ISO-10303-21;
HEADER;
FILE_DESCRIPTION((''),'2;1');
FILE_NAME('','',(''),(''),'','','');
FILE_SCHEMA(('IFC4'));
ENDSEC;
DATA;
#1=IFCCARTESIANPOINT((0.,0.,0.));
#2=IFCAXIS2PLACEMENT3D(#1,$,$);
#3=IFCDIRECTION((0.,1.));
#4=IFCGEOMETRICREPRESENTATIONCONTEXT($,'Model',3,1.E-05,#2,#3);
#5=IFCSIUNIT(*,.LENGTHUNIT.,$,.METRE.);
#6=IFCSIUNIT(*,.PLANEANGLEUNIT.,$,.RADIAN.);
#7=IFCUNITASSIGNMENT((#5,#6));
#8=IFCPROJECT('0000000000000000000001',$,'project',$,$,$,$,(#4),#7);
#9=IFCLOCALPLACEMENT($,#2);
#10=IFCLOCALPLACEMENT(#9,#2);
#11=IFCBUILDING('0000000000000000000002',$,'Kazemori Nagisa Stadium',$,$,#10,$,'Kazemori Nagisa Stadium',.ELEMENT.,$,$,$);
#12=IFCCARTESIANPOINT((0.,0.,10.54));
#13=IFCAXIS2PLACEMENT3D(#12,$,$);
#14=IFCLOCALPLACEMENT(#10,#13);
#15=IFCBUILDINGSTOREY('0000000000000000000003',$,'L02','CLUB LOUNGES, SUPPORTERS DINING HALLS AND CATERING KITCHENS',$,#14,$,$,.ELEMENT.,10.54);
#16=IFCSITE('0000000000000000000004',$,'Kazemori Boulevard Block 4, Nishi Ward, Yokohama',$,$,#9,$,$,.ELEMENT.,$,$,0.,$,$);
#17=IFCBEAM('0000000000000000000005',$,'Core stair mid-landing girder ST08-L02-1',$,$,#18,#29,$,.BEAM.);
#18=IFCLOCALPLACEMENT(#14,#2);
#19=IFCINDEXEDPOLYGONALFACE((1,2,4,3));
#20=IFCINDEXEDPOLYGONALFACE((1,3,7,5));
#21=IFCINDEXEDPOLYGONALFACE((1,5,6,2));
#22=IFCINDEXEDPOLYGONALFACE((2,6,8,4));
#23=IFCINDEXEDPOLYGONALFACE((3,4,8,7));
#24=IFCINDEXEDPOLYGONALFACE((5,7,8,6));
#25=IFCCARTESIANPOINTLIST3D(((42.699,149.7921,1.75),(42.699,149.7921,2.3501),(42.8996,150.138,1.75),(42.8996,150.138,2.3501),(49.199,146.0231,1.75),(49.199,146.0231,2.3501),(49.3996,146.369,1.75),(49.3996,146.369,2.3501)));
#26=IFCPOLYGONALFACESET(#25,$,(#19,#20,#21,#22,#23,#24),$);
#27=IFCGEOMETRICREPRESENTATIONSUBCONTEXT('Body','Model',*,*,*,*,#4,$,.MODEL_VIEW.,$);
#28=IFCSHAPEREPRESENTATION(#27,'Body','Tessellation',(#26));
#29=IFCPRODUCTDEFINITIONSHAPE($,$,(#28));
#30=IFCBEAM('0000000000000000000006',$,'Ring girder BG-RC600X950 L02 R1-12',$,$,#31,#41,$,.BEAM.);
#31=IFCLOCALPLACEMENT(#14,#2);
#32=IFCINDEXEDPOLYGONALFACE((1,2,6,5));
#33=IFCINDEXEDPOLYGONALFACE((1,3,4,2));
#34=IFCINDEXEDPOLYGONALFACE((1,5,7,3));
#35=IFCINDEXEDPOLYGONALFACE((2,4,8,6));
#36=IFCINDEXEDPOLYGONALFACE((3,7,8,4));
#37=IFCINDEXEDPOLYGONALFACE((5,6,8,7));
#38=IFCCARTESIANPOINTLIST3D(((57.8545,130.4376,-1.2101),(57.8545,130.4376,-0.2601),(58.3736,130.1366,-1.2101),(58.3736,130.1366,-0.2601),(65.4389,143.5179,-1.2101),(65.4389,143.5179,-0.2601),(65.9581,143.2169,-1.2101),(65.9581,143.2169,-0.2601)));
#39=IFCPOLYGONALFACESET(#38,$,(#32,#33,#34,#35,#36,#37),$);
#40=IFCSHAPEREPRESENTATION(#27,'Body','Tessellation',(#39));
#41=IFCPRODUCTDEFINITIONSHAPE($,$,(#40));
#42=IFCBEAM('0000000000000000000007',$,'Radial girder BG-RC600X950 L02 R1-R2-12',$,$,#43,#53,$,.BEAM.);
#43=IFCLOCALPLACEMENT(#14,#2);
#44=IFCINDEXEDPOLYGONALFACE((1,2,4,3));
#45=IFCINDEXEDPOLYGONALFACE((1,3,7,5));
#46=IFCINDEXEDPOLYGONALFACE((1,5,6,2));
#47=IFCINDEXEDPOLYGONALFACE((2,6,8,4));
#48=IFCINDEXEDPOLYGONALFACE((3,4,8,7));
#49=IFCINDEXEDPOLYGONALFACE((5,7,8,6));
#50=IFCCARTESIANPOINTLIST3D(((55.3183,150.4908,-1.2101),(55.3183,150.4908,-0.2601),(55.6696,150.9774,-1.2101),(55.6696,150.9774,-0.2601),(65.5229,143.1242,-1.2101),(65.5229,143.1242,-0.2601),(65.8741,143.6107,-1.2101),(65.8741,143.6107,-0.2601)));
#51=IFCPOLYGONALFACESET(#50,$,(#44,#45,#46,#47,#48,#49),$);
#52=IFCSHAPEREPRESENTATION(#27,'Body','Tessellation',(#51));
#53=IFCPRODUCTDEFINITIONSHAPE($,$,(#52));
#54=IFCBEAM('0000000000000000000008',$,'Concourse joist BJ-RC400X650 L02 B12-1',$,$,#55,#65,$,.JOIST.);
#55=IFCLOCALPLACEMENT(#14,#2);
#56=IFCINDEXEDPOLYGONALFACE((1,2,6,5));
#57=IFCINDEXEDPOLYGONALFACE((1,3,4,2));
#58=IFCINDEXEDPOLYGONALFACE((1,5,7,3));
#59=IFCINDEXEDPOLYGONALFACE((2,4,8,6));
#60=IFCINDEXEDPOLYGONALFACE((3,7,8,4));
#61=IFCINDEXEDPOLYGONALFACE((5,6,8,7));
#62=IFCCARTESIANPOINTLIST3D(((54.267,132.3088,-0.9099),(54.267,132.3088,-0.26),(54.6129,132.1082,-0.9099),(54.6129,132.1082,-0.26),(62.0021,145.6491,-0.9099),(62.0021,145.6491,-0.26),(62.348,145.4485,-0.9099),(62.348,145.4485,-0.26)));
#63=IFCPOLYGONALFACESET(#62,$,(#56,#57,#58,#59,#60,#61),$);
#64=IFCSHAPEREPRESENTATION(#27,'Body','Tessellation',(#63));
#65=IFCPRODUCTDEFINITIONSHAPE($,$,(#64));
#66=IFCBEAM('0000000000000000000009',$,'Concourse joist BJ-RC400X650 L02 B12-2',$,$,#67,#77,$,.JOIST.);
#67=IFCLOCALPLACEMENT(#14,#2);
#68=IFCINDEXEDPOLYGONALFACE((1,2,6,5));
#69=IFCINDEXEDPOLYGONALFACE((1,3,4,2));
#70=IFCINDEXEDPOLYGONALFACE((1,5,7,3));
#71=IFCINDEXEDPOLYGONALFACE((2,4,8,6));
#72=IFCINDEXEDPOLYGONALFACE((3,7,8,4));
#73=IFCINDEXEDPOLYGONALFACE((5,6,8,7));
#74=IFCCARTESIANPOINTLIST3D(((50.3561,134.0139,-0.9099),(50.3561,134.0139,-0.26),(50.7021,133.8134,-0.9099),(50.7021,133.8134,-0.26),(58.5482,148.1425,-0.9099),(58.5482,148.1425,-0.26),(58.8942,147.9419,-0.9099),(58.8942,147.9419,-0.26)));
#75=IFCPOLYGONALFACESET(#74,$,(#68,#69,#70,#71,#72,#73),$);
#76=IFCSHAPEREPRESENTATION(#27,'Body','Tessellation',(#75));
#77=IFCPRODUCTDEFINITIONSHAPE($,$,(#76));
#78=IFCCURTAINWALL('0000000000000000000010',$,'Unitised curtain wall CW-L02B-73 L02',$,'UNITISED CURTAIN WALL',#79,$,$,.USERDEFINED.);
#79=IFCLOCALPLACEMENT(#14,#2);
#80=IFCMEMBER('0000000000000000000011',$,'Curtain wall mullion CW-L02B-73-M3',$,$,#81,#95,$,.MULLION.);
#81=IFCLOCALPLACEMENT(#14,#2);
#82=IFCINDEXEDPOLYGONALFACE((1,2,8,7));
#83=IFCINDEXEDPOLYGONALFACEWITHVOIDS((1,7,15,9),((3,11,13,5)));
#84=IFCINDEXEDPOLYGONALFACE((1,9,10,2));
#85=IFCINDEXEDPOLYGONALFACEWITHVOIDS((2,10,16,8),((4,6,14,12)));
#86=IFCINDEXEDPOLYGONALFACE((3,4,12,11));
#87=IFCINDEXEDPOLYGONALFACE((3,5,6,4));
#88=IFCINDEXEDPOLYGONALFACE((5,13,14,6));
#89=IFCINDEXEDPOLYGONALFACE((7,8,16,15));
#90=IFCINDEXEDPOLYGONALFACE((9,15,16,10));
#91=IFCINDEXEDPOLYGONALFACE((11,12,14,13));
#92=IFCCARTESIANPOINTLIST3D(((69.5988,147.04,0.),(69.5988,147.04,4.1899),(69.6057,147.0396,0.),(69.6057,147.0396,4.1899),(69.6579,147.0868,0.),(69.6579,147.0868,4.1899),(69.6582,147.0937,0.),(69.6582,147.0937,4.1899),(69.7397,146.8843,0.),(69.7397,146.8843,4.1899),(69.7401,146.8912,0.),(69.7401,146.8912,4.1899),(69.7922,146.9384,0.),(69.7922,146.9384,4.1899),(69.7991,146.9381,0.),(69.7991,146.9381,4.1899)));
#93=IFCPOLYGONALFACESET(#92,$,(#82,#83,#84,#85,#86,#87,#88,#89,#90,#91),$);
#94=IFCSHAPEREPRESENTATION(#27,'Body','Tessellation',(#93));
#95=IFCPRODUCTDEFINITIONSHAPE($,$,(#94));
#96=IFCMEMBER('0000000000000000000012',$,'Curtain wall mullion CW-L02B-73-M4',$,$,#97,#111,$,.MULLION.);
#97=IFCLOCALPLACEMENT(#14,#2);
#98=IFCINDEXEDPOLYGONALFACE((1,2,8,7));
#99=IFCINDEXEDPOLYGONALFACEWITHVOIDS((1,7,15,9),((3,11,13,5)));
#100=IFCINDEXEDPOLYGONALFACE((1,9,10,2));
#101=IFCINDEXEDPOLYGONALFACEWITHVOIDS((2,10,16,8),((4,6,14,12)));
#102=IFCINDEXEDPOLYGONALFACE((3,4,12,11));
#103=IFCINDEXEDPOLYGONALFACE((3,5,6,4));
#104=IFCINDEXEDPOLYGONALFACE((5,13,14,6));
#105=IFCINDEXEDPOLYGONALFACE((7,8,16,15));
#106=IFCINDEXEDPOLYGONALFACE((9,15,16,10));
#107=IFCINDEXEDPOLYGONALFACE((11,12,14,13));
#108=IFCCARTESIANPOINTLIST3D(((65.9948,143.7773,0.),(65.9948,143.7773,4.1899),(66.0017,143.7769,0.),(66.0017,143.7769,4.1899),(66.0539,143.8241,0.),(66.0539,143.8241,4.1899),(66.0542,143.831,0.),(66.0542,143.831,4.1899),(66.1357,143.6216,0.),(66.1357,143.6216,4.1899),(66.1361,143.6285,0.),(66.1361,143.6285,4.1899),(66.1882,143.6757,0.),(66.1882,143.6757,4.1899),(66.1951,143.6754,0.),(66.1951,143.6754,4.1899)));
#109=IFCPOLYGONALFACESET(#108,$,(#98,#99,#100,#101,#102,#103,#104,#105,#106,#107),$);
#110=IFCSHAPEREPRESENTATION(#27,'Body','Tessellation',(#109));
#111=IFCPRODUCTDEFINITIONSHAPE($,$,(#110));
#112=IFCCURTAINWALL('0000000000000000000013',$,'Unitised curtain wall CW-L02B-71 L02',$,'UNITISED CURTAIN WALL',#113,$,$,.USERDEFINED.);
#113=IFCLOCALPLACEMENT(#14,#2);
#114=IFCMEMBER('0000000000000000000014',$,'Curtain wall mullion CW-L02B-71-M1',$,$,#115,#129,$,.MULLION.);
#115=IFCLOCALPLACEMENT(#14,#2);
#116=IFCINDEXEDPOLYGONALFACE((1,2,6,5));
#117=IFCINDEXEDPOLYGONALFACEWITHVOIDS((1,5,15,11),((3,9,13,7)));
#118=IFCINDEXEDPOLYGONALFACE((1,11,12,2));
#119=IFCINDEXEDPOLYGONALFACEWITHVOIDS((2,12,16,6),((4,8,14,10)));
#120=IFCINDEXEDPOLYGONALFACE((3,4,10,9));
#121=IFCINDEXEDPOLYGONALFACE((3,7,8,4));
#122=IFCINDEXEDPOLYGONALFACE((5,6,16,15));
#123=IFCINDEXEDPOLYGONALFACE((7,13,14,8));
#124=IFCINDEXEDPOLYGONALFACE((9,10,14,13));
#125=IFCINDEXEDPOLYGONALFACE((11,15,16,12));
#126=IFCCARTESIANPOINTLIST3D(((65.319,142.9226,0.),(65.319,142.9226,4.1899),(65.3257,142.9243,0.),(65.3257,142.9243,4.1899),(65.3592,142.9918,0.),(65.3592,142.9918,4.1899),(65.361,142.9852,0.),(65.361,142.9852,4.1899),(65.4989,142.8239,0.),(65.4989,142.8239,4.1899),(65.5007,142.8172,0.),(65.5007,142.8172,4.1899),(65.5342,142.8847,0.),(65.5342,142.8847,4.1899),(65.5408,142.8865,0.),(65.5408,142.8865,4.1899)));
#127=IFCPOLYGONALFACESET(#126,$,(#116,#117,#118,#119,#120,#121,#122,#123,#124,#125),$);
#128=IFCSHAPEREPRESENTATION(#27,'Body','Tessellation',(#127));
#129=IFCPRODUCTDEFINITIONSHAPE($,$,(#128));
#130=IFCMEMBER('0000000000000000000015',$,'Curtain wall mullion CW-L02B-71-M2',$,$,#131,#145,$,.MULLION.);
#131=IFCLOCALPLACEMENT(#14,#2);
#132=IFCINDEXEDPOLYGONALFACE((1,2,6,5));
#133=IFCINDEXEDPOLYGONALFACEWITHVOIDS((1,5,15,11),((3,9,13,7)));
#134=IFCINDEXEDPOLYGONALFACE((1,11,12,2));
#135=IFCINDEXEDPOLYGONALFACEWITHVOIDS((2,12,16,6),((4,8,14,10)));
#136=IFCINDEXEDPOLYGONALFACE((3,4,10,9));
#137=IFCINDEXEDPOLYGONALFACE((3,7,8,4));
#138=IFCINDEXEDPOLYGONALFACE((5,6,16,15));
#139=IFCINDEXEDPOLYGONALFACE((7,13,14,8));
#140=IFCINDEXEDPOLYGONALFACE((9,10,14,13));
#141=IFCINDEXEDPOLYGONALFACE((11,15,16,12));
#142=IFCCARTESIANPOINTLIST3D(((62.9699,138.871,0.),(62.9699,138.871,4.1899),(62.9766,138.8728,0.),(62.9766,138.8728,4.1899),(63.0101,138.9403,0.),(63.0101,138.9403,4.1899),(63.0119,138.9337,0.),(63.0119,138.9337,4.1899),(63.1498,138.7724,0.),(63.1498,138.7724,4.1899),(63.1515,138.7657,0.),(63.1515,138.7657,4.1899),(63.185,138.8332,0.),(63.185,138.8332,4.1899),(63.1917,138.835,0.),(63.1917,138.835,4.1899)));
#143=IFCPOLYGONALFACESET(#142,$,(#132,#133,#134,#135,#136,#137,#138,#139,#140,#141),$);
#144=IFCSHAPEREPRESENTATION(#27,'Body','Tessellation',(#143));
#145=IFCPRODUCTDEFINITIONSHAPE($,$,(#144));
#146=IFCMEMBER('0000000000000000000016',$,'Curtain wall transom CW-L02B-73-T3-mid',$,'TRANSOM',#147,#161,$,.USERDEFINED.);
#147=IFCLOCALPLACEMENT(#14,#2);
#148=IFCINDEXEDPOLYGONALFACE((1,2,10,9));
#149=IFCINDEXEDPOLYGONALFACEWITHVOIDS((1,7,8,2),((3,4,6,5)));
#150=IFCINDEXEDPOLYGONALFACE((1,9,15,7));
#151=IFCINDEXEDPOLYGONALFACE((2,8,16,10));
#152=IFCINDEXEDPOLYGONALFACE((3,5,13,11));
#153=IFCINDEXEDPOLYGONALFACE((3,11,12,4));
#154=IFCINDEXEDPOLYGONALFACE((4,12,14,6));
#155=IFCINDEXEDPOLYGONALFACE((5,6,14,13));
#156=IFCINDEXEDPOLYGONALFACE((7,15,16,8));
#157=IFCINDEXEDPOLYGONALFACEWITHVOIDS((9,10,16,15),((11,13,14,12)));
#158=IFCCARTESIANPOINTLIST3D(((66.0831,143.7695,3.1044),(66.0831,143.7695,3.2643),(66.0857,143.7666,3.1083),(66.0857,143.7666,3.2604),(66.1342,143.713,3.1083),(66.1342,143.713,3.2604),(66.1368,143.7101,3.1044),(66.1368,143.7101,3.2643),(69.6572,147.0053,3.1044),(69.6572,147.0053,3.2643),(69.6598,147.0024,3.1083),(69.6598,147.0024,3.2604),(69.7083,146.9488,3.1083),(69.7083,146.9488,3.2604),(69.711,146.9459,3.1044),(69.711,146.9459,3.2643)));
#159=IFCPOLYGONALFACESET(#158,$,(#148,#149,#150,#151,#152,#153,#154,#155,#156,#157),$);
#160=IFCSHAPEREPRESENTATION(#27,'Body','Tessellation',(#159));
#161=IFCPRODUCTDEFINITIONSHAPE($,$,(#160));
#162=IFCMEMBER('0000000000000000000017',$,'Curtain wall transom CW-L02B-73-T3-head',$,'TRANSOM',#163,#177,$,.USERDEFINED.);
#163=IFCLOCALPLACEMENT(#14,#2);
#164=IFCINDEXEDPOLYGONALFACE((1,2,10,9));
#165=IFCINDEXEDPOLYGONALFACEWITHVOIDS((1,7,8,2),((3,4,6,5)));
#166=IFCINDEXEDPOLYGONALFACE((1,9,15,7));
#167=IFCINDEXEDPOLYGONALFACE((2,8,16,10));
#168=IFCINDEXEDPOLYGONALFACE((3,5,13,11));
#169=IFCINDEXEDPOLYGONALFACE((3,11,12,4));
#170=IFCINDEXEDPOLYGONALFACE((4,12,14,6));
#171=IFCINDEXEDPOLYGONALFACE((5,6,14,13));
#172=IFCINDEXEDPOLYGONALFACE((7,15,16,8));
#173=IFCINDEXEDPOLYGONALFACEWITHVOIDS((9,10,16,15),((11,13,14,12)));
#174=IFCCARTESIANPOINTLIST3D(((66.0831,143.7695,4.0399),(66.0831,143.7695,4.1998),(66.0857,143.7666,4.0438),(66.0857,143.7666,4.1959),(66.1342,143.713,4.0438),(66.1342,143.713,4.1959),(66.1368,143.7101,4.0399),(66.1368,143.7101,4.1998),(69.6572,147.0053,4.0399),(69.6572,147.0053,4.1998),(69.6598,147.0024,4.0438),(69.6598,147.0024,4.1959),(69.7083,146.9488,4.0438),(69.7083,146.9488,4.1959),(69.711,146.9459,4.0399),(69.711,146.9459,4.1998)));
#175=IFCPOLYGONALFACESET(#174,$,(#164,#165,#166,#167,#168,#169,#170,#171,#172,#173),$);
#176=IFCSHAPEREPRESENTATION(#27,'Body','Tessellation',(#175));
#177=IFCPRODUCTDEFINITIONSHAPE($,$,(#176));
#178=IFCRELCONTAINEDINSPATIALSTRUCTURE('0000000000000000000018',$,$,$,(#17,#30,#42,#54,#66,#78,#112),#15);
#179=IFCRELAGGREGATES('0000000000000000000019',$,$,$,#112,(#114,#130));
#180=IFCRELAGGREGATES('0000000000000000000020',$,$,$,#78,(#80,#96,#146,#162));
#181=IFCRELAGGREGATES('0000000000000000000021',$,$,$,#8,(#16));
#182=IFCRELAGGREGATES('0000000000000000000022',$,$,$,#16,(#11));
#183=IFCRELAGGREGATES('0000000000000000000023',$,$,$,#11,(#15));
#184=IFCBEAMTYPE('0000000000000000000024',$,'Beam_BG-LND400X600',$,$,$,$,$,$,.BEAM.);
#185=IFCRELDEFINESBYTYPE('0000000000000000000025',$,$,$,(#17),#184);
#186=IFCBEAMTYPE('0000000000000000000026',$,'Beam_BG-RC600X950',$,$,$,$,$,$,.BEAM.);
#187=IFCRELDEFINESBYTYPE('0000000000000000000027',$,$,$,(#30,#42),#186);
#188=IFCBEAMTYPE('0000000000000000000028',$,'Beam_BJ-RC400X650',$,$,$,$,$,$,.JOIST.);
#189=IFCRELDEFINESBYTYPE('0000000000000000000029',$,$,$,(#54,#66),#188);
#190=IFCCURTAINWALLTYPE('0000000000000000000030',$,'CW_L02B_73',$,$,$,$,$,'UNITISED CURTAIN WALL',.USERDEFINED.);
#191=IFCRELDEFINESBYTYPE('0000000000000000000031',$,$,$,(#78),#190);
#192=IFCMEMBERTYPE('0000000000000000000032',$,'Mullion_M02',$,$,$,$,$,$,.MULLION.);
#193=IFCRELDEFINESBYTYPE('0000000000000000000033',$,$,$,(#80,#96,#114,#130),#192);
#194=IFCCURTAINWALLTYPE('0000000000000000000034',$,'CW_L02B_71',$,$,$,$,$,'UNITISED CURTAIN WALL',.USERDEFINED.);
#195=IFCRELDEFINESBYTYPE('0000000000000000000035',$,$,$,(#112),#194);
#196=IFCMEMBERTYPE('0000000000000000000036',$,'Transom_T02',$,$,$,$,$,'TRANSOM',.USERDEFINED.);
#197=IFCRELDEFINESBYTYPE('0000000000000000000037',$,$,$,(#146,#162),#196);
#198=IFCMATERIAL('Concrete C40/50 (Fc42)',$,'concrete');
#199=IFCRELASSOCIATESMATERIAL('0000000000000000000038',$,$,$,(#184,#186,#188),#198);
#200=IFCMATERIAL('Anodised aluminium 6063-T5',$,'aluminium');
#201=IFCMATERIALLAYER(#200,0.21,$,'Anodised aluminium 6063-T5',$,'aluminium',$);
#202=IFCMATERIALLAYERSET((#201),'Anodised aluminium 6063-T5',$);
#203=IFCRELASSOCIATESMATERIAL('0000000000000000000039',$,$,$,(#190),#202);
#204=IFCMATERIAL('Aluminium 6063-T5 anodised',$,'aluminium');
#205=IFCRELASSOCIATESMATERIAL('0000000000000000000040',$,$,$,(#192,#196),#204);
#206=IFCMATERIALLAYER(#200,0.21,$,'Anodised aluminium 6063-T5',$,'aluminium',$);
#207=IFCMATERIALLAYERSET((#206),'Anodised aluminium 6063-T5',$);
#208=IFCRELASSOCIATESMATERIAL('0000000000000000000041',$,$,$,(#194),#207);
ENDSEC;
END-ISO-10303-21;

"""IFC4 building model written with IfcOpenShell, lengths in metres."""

from ifc_helpers import new_model, si_unit, direction, frame, origin, origin_2d, place, context, subcontext, project, spatial, rectangle, hollow_rectangle, extrude, material, layer, layer_set, material_profile, profile_set, type_object, element, aggregate, save


model = new_model("IFC4")

# Units and contexts
model_context = context("Model", 3, precision=1e-05, world=origin(), true_north=direction((0.0, 1.0)))
body_context = subcontext(model_context, "Body", "Model", "MODEL_VIEW")
ifc_project = project(units=[si_unit("LENGTHUNIT", "METRE"), si_unit("PLANEANGLEUNIT", "RADIAN")], contexts=[model_context])

# Site, building, storey
site_placement = place(None, origin())
site = spatial("IfcSite", under=ifc_project, at=site_placement, Name="Kazemori Boulevard Block 4, Nishi Ward, Yokohama", CompositionType="ELEMENT", RefElevation=0.0)
building_placement = place(site_placement, origin())
building = spatial("IfcBuilding", under=site, at=building_placement, Name="Kazemori Nagisa Stadium", LongName="Kazemori Nagisa Stadium", CompositionType="ELEMENT")
storey_placement = place(building_placement, frame((0.0, 0.0, 10.54)))
storey = spatial("IfcBuildingStorey", under=building, at=storey_placement, Name="L02", Description="CLUB LOUNGES, SUPPORTERS DINING HALLS AND CATERING KITCHENS", CompositionType="ELEMENT", Elevation=10.54)

# Shared definitions
ifc_material_1 = material(Name="Concrete C40/50 (Fc42)", Category="concrete")

# Beams
ifc_material_profile_1 = material_profile(ifc_material_1, rectangle(XDim=0.3999, YDim=0.6001, at=origin_2d()), Name="RC-BM-400x600")
ifc_profile_set_1 = profile_set([ifc_material_profile_1], Name="Concrete C40/50 (Fc42)")
beam_type_1 = type_object("IfcBeamType", Name="Beam_BG-LND400X600", PredefinedType="BEAM", material=ifc_profile_set_1)
beam_1_placement = place(storey_placement, frame((49.2993, 146.196, 2.05), z_axis=(-0.865086, 0.501623, 0.0), x_axis=(-0.501623, -0.865086, 0.0)))
element("IfcBeam", 1, at=beam_1_placement, inside=storey, type_object=beam_type_1, Name="Core stair mid-landing girder ST08-L02-1", PredefinedType="BEAM", context=body_context, shape_type="SweptSolid", body=[
    extrude(rectangle(XDim=0.3999, YDim=0.6001, at=origin_2d()), origin(), (0.0, 0.0, 1.0), 7.5137),
])
ifc_material_profile_2 = material_profile(ifc_material_1, rectangle(XDim=0.6001, YDim=0.95, at=origin_2d()), Name="RC-BM-600x950")
ifc_profile_set_2 = profile_set([ifc_material_profile_2], Name="Concrete C40/50 (Fc42)")
beam_type_2 = type_object("IfcBeamType", Name="Beam_BG-RC600X950", PredefinedType="BEAM", material=ifc_profile_set_2)
beam_2_placement = place(storey_placement, frame((65.6985, 143.3674, -0.7351), z_axis=(-0.501613, -0.865092, 0.0), x_axis=(0.865092, -0.501613, 0.0)))
element("IfcBeam", 2, at=beam_2_placement, inside=storey, type_object=beam_type_2, Name="Ring girder BG-RC600X950 L02 R1-12", PredefinedType="BEAM", context=body_context, shape_type="SweptSolid", body=[
    extrude(rectangle(XDim=0.6001, YDim=0.95, at=origin_2d()), origin(), (0.0, 0.0, 1.0), 15.1201),
])
beam_3_placement = place(storey_placement, frame((65.6985, 143.3674, -0.7351), z_axis=(-0.810803, 0.585319, 0.0), x_axis=(-0.585319, -0.810803, 0.0)))
element("IfcBeam", 3, at=beam_3_placement, inside=storey, type_object=beam_type_2, Name="Radial girder BG-RC600X950 L02 R1-R2-12", PredefinedType="BEAM", context=body_context, shape_type="SweptSolid", body=[
    extrude(rectangle(XDim=0.6001, YDim=0.95, at=origin_2d()), origin(), (0.0, 0.0, 1.0), 12.5857),
])
ifc_material_profile_3 = material_profile(ifc_material_1, rectangle(XDim=0.3999, YDim=0.6499, at=origin_2d()), Name="RC-BM-400x650")
ifc_profile_set_3 = profile_set([ifc_material_profile_3], Name="Concrete C40/50 (Fc42)")
beam_type_3 = type_object("IfcBeamType", Name="Beam_BJ-RC400X650", PredefinedType="JOIST", material=ifc_profile_set_3)
beam_4_placement = place(storey_placement, frame((62.175, 145.5488, -0.585), z_axis=(-0.501607, -0.865095, 0.0), x_axis=(0.865095, -0.501607, 0.0)))
element("IfcBeam", 4, at=beam_4_placement, inside=storey, type_object=beam_type_3, Name="Concourse joist BJ-RC400X650 L02 B12-1", PredefinedType="JOIST", context=body_context, shape_type="SweptSolid", body=[
    extrude(rectangle(XDim=0.3999, YDim=0.6499, at=origin_2d()), origin(), (0.0, 0.0, 1.0), 15.4207),
])
beam_5_placement = place(storey_placement, frame((58.7212, 148.0422, -0.585), z_axis=(-0.501604, -0.865097, 0.0), x_axis=(0.865097, -0.501604, 0.0)))
element("IfcBeam", 5, at=beam_5_placement, inside=storey, type_object=beam_type_3, Name="Concourse joist BJ-RC400X650 L02 B12-2", PredefinedType="JOIST", context=body_context, shape_type="SweptSolid", body=[
    extrude(rectangle(XDim=0.3999, YDim=0.6499, at=origin_2d()), origin(), (0.0, 0.0, 1.0), 16.3318),
])

# Curtain walls, members
ifc_material_2 = material(Name="Anodised aluminium 6063-T5", Category="aluminium")
ifc_layer_1 = layer(ifc_material_2, 0.21, Name="Anodised aluminium 6063-T5", Category="aluminium")
ifc_layer_set_1 = layer_set([ifc_layer_1], Name="Anodised aluminium 6063-T5")
curtain_wall_type_1 = type_object("IfcCurtainWallType", Name="CW_L02B_73", ElementType="UNITISED CURTAIN WALL", PredefinedType="USERDEFINED", material=ifc_layer_set_1)
curtain_wall_1_placement = place(storey_placement, origin())
curtain_wall_1 = element("IfcCurtainWall", 6, at=curtain_wall_1_placement, inside=storey, type_object=curtain_wall_type_1, Name="Unitised curtain wall CW-L02B-73 L02", ObjectType="UNITISED CURTAIN WALL", PredefinedType="USERDEFINED")
ifc_material_3 = material(Name="Aluminium 6063-T5 anodised", Category="aluminium")
ifc_material_profile_4 = material_profile(ifc_material_3, hollow_rectangle(XDim=0.0801, YDim=0.21, WallThickness=0.0049, at=origin_2d()), Name="ALU-MULL-80x210x5")
ifc_profile_set_4 = profile_set([ifc_material_profile_4], Name="Aluminium 6063-T5 anodised")
member_type_1 = type_object("IfcMemberType", Name="Mullion_M02", PredefinedType="MULLION", material=ifc_profile_set_4)
member_1_placement = place(storey_placement, frame((69.699, 146.989, 0.0), z_axis=(0.0, 0.0, 1.0), x_axis=(-0.741351, -0.671118, 0.0)))
member_1 = element("IfcMember", 7, at=member_1_placement, type_object=member_type_1, Name="Curtain wall mullion CW-L02B-73-M3", PredefinedType="MULLION", context=body_context, shape_type="SweptSolid", body=[
    extrude(hollow_rectangle(XDim=0.0801, YDim=0.21, WallThickness=0.0049, at=origin_2d()), origin(), (0.0, 0.0, 1.0), 4.1899),
])
member_2_placement = place(storey_placement, frame((66.095, 143.7263, 0.0), z_axis=(0.0, 0.0, 1.0), x_axis=(-0.741351, -0.671118, 0.0)))
member_2 = element("IfcMember", 8, at=member_2_placement, type_object=member_type_1, Name="Curtain wall mullion CW-L02B-73-M4", PredefinedType="MULLION", context=body_context, shape_type="SweptSolid", body=[
    extrude(hollow_rectangle(XDim=0.0801, YDim=0.21, WallThickness=0.0049, at=origin_2d()), origin(), (0.0, 0.0, 1.0), 4.1899),
])
ifc_layer_2 = layer(ifc_material_2, 0.21, Name="Anodised aluminium 6063-T5", Category="aluminium")
ifc_layer_set_2 = layer_set([ifc_layer_2], Name="Anodised aluminium 6063-T5")
curtain_wall_type_2 = type_object("IfcCurtainWallType", Name="CW_L02B_71", ElementType="UNITISED CURTAIN WALL", PredefinedType="USERDEFINED", material=ifc_layer_set_2)
curtain_wall_2_placement = place(storey_placement, origin())
curtain_wall_2 = element("IfcCurtainWall", 9, at=curtain_wall_2_placement, inside=storey, type_object=curtain_wall_type_2, Name="Unitised curtain wall CW-L02B-71 L02", ObjectType="UNITISED CURTAIN WALL", PredefinedType="USERDEFINED")
member_3_placement = place(storey_placement, frame((65.4299, 142.9045, 0.0), z_axis=(0.0, 0.0, 1.0), x_axis=(-0.501612, -0.865093, 0.0)))
member_3 = element("IfcMember", 10, at=member_3_placement, type_object=member_type_1, Name="Curtain wall mullion CW-L02B-71-M1", PredefinedType="MULLION", context=body_context, shape_type="SweptSolid", body=[
    extrude(hollow_rectangle(XDim=0.0801, YDim=0.21, WallThickness=0.0049, at=origin_2d()), origin(), (0.0, 0.0, 1.0), 4.1899),
])
member_4_placement = place(storey_placement, frame((63.0808, 138.853, 0.0), z_axis=(0.0, 0.0, 1.0), x_axis=(-0.501612, -0.865093, 0.0)))
member_4 = element("IfcMember", 11, at=member_4_placement, type_object=member_type_1, Name="Curtain wall mullion CW-L02B-71-M2", PredefinedType="MULLION", context=body_context, shape_type="SweptSolid", body=[
    extrude(hollow_rectangle(XDim=0.0801, YDim=0.21, WallThickness=0.0049, at=origin_2d()), origin(), (0.0, 0.0, 1.0), 4.1899),
])

# Members
ifc_material_profile_5 = material_profile(ifc_material_3, hollow_rectangle(XDim=0.0801, YDim=0.1599, WallThickness=0.0039, at=origin_2d()), Name="ALU-TRAN-80x160x4")
ifc_profile_set_5 = profile_set([ifc_material_profile_5], Name="Aluminium 6063-T5 anodised")
member_type_2 = type_object("IfcMemberType", Name="Transom_T02", ElementType="TRANSOM", PredefinedType="USERDEFINED", material=ifc_profile_set_5)
member_5_placement = place(storey_placement, frame((69.6841, 146.9756, 3.1843), z_axis=(-0.741327, -0.671144, 0.0), x_axis=(0.671144, -0.741327, 0.0)))
member_5 = element("IfcMember", 12, at=member_5_placement, type_object=member_type_2, Name="Curtain wall transom CW-L02B-73-T3-mid", ObjectType="TRANSOM", PredefinedType="USERDEFINED", context=body_context, shape_type="SweptSolid", body=[
    extrude(hollow_rectangle(XDim=0.0801, YDim=0.1599, WallThickness=0.0039, at=origin_2d()), origin(), (0.0, 0.0, 1.0), 4.8213),
])
member_6_placement = place(storey_placement, frame((69.6841, 146.9756, 4.1199), z_axis=(-0.741327, -0.671144, 0.0), x_axis=(0.671144, -0.741327, 0.0)))
member_6 = element("IfcMember", 13, at=member_6_placement, type_object=member_type_2, Name="Curtain wall transom CW-L02B-73-T3-head", ObjectType="TRANSOM", PredefinedType="USERDEFINED", context=body_context, shape_type="SweptSolid", body=[
    extrude(hollow_rectangle(XDim=0.0801, YDim=0.1599, WallThickness=0.0039, at=origin_2d()), origin(), (0.0, 0.0, 1.0), 4.8213),
])

aggregate(curtain_wall_2, [member_3, member_4])
aggregate(curtain_wall_1, [member_1, member_2, member_5, member_6])

save(model, "model.ifc")
